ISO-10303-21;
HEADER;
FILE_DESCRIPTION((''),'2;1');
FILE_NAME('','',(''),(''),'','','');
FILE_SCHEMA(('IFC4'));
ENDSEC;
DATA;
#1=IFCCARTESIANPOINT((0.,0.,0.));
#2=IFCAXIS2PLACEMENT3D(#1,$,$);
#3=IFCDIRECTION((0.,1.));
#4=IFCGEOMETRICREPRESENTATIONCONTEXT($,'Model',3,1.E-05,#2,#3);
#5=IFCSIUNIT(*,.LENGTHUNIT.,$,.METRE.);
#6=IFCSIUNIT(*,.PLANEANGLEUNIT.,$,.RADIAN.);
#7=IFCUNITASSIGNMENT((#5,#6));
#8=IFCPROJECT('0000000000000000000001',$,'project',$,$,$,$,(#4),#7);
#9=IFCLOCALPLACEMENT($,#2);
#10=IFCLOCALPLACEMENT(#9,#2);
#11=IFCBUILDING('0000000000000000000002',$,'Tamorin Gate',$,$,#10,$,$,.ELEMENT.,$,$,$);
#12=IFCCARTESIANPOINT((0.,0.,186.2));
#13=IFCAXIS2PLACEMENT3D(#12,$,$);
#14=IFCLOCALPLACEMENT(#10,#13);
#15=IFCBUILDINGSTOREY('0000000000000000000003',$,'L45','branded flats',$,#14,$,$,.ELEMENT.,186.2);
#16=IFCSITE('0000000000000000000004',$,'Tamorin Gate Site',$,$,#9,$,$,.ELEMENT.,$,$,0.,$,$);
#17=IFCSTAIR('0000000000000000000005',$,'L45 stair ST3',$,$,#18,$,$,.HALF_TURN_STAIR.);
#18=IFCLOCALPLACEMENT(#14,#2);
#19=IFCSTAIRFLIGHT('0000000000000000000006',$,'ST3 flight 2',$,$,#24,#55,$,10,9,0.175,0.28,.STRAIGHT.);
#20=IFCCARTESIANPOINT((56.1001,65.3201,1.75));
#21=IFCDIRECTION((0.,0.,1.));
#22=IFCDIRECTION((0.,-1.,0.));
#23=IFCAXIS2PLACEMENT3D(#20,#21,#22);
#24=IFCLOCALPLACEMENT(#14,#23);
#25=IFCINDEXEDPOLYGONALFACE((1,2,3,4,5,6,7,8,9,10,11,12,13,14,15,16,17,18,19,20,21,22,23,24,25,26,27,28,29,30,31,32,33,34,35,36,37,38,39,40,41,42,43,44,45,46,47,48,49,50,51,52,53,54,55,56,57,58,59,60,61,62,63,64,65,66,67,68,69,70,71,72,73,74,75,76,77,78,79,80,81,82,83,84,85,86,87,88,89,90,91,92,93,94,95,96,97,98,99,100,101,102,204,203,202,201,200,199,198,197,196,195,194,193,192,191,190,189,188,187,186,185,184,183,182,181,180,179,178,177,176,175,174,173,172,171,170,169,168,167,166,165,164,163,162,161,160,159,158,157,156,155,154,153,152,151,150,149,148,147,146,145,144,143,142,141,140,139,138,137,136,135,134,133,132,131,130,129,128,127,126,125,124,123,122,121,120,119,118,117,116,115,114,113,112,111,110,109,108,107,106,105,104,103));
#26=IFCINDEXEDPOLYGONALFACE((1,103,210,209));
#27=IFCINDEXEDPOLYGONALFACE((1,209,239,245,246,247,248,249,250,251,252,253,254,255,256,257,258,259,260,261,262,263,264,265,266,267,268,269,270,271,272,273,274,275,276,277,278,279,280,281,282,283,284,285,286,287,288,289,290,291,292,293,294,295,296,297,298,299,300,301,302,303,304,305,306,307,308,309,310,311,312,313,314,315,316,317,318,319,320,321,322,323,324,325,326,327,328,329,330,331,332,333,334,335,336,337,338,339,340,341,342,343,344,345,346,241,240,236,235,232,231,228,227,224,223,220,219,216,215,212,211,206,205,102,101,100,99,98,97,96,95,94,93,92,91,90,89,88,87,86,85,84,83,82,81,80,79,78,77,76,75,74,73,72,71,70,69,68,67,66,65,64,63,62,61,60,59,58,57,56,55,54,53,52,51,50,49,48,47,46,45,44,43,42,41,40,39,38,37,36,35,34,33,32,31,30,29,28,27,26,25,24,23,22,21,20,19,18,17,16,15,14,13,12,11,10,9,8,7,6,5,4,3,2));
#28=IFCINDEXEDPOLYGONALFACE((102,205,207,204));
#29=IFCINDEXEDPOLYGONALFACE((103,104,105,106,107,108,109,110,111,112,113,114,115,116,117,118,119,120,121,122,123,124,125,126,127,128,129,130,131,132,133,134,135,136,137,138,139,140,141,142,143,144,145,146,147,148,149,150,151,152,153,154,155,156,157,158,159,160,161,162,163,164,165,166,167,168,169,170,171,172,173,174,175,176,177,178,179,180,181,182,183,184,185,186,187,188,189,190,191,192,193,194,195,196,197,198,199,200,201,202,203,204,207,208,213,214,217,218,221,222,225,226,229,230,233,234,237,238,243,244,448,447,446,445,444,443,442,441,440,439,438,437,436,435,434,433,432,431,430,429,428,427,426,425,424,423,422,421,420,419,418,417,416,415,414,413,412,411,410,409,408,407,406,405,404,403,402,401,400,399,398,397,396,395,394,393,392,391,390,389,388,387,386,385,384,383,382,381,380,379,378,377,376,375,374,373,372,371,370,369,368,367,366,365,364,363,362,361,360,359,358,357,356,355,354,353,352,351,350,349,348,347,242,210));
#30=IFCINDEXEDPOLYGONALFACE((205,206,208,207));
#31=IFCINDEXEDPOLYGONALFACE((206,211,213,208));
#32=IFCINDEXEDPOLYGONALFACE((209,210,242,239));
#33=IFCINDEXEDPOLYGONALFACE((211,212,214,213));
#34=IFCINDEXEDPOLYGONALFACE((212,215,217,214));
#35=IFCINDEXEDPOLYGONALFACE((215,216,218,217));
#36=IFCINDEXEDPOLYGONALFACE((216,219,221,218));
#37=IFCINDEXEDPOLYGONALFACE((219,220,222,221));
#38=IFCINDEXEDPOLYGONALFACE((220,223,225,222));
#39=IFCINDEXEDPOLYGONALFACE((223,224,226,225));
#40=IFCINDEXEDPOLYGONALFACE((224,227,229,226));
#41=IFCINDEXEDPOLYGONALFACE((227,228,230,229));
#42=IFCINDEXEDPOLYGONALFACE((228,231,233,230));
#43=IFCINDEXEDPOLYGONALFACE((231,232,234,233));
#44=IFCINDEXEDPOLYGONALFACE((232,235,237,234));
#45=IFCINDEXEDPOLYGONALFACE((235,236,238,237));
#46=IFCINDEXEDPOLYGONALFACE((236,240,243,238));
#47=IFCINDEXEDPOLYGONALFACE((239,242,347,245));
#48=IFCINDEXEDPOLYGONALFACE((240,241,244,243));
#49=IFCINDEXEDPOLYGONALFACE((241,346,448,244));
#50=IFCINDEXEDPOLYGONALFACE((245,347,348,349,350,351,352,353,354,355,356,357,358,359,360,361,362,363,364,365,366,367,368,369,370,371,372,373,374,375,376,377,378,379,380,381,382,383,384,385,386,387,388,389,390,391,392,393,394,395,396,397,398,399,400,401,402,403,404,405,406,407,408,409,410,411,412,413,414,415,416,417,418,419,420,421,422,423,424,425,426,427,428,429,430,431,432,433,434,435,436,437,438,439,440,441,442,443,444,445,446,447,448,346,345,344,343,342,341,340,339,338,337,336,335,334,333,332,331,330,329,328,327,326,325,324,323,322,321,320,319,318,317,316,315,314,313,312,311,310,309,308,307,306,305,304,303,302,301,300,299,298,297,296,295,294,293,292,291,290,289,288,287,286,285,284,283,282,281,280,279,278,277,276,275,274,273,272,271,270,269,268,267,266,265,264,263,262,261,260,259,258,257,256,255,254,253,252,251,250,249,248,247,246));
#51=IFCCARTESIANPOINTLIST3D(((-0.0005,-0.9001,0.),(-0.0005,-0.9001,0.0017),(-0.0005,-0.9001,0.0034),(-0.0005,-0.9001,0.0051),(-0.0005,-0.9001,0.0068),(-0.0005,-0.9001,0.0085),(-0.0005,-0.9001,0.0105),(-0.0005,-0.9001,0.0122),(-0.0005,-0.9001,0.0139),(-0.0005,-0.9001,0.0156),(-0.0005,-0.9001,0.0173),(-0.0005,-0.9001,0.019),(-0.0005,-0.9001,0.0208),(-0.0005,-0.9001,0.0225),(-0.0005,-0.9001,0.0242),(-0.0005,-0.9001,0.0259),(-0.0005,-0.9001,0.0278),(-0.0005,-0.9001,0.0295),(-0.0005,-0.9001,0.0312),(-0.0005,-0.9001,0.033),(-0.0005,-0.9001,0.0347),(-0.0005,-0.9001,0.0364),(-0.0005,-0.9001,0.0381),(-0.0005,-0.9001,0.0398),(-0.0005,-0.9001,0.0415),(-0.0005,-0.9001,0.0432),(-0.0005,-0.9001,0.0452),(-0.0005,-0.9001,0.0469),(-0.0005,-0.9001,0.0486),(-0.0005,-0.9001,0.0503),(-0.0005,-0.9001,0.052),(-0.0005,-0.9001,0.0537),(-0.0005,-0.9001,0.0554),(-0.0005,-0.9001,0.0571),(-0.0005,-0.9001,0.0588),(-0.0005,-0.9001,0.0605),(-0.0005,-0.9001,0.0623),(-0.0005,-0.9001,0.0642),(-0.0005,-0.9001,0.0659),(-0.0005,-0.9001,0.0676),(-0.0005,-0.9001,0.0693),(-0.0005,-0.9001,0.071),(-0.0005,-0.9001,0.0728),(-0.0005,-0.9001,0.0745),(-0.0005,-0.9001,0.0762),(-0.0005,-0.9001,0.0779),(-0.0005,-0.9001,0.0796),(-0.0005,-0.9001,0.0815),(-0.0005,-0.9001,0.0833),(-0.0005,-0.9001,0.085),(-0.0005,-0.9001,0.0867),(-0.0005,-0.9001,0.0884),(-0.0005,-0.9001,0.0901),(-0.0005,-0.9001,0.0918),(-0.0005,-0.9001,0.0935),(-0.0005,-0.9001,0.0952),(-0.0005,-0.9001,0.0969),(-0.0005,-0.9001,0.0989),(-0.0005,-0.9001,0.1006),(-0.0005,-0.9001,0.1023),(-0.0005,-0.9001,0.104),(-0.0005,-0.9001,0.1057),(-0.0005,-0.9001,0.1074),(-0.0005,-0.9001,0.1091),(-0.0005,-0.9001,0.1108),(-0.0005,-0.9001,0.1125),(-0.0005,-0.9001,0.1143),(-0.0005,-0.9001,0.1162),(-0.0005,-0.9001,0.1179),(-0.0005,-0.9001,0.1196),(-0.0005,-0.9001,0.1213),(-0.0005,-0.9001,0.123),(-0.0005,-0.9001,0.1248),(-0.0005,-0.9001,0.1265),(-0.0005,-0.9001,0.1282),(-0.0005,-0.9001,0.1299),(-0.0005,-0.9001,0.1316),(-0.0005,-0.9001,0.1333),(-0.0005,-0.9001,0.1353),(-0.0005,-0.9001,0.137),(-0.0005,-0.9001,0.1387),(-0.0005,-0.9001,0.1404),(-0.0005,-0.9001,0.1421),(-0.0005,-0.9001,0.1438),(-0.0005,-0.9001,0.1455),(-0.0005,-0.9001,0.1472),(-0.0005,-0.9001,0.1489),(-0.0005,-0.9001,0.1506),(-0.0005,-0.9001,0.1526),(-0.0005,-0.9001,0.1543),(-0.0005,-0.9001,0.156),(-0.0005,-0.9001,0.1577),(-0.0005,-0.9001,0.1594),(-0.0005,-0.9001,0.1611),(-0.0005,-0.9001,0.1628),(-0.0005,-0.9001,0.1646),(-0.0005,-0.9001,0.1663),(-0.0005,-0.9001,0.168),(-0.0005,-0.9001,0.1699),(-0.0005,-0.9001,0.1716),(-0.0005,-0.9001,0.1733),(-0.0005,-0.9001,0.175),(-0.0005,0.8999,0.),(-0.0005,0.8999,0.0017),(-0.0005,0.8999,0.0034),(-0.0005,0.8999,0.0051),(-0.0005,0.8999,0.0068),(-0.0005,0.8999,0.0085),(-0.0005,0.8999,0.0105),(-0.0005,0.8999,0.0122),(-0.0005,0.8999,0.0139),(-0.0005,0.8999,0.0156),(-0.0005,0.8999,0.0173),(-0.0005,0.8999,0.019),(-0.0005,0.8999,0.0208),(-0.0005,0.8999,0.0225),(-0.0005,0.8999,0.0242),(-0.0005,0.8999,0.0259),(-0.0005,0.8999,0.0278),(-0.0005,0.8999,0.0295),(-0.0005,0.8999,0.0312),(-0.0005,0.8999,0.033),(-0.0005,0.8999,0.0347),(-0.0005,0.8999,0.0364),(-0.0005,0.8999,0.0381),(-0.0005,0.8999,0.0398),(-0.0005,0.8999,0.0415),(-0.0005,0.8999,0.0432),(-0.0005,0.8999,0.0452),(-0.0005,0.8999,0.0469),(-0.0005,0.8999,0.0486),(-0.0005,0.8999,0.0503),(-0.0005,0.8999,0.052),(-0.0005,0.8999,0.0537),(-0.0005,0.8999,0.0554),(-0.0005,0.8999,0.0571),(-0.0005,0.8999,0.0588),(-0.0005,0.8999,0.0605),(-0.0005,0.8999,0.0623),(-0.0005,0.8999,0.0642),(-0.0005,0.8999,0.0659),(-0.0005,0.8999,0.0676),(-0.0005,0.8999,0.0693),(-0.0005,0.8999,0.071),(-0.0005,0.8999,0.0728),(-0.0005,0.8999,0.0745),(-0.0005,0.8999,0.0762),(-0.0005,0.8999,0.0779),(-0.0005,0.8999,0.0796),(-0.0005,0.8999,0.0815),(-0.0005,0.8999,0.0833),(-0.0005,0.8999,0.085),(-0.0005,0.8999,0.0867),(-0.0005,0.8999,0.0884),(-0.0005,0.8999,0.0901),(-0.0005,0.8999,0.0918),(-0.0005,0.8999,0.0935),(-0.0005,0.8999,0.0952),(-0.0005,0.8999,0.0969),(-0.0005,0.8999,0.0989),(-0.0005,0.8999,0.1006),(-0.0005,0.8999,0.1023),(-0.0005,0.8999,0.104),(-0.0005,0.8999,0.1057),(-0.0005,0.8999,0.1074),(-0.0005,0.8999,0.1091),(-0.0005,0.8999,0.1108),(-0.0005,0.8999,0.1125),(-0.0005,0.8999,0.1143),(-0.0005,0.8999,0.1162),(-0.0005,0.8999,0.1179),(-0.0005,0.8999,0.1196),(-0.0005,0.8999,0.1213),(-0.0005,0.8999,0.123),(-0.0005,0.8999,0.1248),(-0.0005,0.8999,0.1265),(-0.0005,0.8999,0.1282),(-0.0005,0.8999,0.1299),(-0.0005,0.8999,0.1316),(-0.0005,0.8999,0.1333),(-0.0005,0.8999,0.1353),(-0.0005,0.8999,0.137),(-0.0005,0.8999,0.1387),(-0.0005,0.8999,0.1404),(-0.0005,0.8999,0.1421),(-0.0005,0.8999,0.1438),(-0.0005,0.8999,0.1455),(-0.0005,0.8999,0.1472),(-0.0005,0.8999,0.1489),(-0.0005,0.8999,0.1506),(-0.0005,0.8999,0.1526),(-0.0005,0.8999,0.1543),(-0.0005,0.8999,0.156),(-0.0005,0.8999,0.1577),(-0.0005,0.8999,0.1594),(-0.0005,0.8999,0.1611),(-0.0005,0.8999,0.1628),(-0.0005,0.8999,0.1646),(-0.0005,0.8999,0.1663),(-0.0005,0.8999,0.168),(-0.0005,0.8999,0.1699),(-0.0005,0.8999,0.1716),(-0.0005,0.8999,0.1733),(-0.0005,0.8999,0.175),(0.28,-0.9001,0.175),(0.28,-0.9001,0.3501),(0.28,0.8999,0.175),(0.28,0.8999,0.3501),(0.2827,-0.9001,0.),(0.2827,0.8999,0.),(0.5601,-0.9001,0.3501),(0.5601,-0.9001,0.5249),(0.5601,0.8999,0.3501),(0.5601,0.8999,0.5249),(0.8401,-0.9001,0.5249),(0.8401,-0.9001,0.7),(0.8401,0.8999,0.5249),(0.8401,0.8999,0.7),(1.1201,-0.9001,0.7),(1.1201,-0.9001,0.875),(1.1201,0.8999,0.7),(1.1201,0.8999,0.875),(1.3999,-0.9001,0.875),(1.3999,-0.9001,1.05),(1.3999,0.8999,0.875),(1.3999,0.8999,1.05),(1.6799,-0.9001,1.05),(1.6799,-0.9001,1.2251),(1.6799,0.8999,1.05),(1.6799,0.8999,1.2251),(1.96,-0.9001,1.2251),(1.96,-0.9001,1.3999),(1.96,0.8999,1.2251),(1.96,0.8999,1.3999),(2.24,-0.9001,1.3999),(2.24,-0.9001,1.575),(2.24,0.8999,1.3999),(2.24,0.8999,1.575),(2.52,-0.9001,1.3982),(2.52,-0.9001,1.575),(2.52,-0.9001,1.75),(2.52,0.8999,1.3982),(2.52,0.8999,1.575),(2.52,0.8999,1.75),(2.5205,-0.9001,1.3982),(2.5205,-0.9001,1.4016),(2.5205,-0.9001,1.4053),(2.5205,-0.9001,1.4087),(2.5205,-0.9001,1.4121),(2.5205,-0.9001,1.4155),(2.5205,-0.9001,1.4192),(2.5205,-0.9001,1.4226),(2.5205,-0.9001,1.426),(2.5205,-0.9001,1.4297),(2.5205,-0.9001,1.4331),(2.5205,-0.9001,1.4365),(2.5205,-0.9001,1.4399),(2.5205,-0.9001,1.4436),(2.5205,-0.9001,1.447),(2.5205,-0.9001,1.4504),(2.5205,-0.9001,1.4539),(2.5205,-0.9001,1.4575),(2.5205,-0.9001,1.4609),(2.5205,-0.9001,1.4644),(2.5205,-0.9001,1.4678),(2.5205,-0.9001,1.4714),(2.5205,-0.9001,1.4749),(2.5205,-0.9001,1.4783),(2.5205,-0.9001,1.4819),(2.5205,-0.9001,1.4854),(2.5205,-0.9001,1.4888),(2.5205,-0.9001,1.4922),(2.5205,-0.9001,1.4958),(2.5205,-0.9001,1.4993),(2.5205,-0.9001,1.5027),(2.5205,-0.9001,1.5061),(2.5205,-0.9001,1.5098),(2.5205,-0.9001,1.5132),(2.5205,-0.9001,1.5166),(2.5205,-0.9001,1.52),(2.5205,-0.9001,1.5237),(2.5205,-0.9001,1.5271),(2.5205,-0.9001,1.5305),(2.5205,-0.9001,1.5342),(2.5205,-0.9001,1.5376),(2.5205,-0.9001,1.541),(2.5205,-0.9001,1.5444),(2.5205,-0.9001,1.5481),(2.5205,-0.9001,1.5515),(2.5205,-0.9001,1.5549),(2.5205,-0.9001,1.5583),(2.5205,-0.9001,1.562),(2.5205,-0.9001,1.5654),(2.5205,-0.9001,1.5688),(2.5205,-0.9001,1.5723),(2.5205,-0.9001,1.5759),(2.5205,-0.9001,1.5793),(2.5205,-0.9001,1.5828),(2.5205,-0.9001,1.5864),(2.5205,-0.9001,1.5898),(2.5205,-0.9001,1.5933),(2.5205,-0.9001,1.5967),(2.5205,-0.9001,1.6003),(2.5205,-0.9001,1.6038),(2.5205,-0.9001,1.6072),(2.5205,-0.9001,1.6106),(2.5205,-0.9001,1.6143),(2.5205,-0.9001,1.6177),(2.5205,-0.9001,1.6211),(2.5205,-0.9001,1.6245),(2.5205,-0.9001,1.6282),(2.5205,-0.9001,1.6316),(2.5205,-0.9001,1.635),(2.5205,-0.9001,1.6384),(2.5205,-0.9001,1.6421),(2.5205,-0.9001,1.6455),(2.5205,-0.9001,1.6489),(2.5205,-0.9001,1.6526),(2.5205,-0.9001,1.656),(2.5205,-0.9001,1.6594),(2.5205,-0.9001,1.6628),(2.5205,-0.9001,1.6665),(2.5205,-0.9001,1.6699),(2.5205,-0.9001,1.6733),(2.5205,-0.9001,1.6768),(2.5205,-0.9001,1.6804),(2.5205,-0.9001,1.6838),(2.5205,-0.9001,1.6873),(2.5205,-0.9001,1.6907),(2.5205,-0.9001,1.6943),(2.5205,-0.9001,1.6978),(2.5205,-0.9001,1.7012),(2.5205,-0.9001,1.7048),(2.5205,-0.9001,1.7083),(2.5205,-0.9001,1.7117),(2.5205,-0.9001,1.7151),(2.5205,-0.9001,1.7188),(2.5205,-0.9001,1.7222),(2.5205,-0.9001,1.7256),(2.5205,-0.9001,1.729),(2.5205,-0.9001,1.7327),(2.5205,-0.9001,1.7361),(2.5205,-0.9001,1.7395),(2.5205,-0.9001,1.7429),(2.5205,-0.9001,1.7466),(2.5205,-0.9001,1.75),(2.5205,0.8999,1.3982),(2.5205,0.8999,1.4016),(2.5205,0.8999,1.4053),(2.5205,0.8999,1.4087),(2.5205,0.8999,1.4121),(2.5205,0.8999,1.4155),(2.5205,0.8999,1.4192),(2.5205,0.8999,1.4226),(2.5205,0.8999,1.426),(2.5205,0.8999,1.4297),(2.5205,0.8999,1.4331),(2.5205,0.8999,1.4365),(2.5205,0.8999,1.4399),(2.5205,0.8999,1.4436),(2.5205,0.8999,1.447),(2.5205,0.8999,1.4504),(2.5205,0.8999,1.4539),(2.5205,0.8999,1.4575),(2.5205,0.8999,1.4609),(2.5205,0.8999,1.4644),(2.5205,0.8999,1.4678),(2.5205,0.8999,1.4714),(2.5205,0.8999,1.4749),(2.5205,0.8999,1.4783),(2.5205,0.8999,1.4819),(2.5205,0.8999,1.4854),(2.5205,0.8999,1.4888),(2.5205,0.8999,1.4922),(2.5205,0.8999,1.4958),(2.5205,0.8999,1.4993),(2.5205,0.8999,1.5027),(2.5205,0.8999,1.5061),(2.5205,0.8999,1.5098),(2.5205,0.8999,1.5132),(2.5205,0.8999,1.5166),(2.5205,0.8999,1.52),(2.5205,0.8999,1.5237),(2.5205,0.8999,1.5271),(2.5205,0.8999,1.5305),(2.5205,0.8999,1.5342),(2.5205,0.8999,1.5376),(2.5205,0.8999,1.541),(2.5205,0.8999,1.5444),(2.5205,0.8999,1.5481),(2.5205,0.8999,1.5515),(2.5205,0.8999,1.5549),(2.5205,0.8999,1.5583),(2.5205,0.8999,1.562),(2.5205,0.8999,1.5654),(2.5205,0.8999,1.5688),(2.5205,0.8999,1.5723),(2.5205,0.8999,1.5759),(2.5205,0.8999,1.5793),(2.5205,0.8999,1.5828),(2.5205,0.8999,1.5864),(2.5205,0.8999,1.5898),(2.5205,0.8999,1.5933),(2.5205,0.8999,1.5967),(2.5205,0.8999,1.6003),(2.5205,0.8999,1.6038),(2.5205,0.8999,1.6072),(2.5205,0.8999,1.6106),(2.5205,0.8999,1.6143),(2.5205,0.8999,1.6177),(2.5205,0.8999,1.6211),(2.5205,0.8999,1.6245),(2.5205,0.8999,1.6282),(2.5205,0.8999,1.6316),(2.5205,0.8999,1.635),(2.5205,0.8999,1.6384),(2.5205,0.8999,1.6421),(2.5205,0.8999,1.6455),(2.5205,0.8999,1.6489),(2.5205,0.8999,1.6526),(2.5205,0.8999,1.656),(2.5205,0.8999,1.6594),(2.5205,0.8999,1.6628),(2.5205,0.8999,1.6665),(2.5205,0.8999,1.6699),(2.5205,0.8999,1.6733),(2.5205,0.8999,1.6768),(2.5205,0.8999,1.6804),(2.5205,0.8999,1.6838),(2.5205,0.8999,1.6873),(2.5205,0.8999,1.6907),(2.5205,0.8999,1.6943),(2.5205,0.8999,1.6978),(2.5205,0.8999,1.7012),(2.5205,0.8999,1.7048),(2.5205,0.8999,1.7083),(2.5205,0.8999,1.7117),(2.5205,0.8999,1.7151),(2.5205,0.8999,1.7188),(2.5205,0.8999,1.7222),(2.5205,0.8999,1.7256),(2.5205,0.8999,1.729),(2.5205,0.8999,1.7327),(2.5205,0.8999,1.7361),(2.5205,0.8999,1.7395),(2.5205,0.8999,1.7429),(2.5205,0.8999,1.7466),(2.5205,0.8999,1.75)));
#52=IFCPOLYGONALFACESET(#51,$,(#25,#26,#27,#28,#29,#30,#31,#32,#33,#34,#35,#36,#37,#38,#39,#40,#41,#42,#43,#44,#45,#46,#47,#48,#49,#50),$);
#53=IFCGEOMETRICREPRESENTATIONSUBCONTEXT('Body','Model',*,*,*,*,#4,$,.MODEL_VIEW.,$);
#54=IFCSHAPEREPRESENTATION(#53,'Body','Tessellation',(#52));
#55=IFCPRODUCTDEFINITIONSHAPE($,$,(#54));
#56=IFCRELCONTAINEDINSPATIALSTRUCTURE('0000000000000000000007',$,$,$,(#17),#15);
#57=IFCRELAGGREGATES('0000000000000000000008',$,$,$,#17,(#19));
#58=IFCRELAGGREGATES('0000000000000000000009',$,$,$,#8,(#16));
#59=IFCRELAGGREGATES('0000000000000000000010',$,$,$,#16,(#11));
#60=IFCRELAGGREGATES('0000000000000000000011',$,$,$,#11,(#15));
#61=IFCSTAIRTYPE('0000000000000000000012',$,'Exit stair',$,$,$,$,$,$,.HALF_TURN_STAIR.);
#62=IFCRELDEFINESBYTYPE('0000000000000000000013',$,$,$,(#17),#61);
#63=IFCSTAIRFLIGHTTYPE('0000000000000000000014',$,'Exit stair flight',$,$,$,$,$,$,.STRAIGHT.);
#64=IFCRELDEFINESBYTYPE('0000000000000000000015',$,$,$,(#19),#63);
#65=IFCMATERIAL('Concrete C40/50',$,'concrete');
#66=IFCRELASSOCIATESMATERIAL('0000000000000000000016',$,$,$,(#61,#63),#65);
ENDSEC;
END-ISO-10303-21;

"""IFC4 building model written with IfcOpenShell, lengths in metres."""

from ifc_helpers import new_model, si_unit, direction, frame, origin, place, context, subcontext, project, spatial, polyline, outline, extrude, material, type_object, element, aggregate, save


model = new_model("IFC4")

# Units and contexts
model_context = context("Model", 3, precision=1e-05, world=origin(), true_north=direction((0.0, 1.0)))
body_context = subcontext(model_context, "Body", "Model", "MODEL_VIEW")
ifc_project = project(units=[si_unit("LENGTHUNIT", "METRE"), si_unit("PLANEANGLEUNIT", "RADIAN")], contexts=[model_context])

# Site, building, storey
site_placement = place(None, origin())
site = spatial("IfcSite", under=ifc_project, at=site_placement, Name="Tamorin Gate Site", CompositionType="ELEMENT", RefElevation=0.0)
building_placement = place(site_placement, origin())
building = spatial("IfcBuilding", under=site, at=building_placement, Name="Tamorin Gate", CompositionType="ELEMENT")
storey_placement = place(building_placement, frame((0.0, 0.0, 186.2)))
storey = spatial("IfcBuildingStorey", under=building, at=storey_placement, Name="L45", Description="branded flats", CompositionType="ELEMENT", Elevation=186.2)

# Shared definitions
ifc_material_1 = material(Name="Concrete C40/50", Category="concrete")

# Stair, stair flight
stair_type = type_object("IfcStairType", Name="Exit stair", PredefinedType="HALF_TURN_STAIR", material=ifc_material_1)
stair_placement = place(storey_placement, origin())
stair = element("IfcStair", 1, at=stair_placement, inside=storey, type_object=stair_type, Name="L45 stair ST3", PredefinedType="HALF_TURN_STAIR")
stair_flight_type = type_object("IfcStairFlightType", Name="Exit stair flight", PredefinedType="STRAIGHT", material=ifc_material_1)
stair_flight_1_placement = place(storey_placement, frame((56.1001, 65.3201, 1.75), z_axis=(0.0, 0.0, 1.0), x_axis=(0.0, -1.0, 0.0)))
stair_flight_1 = element("IfcStairFlight", 2, at=stair_flight_1_placement, type_object=stair_flight_type, Name="ST3 flight 2", NumberOfRisers=10, NumberOfTreads=9, PredefinedType="STRAIGHT", RiserHeight=0.175, TreadLength=0.28, context=body_context, shape_type="SweptSolid", body=[
    extrude(outline(polyline([(-0.0005, 0.0), (-0.0005, 0.0017), (-0.0005, 0.0034), (-0.0005, 0.0051), (-0.0005, 0.0068), (-0.0005, 0.0085), (-0.0005, 0.0105), (-0.0005, 0.0122), (-0.0005, 0.0139), (-0.0005, 0.0156), (-0.0005, 0.0173), (-0.0005, 0.019), (-0.0005, 0.0208), (-0.0005, 0.0225), (-0.0005, 0.0242), (-0.0005, 0.0259), (-0.0005, 0.0278), (-0.0005, 0.0295), (-0.0005, 0.0312), (-0.0005, 0.033), (-0.0005, 0.0347), (-0.0005, 0.0364), (-0.0005, 0.0381), (-0.0005, 0.0398), (-0.0005, 0.0415), (-0.0005, 0.0432), (-0.0005, 0.0452), (-0.0005, 0.0469), (-0.0005, 0.0486), (-0.0005, 0.0503), (-0.0005, 0.052), (-0.0005, 0.0537), (-0.0005, 0.0554), (-0.0005, 0.0571), (-0.0005, 0.0588), (-0.0005, 0.0605), (-0.0005, 0.0623), (-0.0005, 0.0642), (-0.0005, 0.0659), (-0.0005, 0.0676), (-0.0005, 0.0693), (-0.0005, 0.071), (-0.0005, 0.0728), (-0.0005, 0.0745), (-0.0005, 0.0762), (-0.0005, 0.0779), (-0.0005, 0.0796), (-0.0005, 0.0815), (-0.0005, 0.0833), (-0.0005, 0.085), (-0.0005, 0.0867), (-0.0005, 0.0884), (-0.0005, 0.0901), (-0.0005, 0.0918), (-0.0005, 0.0935), (-0.0005, 0.0952), (-0.0005, 0.0969), (-0.0005, 0.0989), (-0.0005, 0.1006), (-0.0005, 0.1023), (-0.0005, 0.104), (-0.0005, 0.1057), (-0.0005, 0.1074), (-0.0005, 0.1091), (-0.0005, 0.1108), (-0.0005, 0.1125), (-0.0005, 0.1143), (-0.0005, 0.1162), (-0.0005, 0.1179), (-0.0005, 0.1196), (-0.0005, 0.1213), (-0.0005, 0.123), (-0.0005, 0.1248), (-0.0005, 0.1265), (-0.0005, 0.1282), (-0.0005, 0.1299), (-0.0005, 0.1316), (-0.0005, 0.1333), (-0.0005, 0.1353), (-0.0005, 0.137), (-0.0005, 0.1387), (-0.0005, 0.1404), (-0.0005, 0.1421), (-0.0005, 0.1438), (-0.0005, 0.1455), (-0.0005, 0.1472), (-0.0005, 0.1489), (-0.0005, 0.1506), (-0.0005, 0.1526), (-0.0005, 0.1543), (-0.0005, 0.156), (-0.0005, 0.1577), (-0.0005, 0.1594), (-0.0005, 0.1611), (-0.0005, 0.1628), (-0.0005, 0.1646), (-0.0005, 0.1663), (-0.0005, 0.168), (-0.0005, 0.1699), (-0.0005, 0.1716), (-0.0005, 0.1733), (-0.0005, 0.175), (0.28, 0.175), (0.28, 0.3501), (0.5601, 0.3501), (0.5601, 0.5249), (0.8401, 0.5249), (0.8401, 0.7), (1.1201, 0.7), (1.1201, 0.875), (1.3999, 0.875), (1.3999, 1.05), (1.6799, 1.05), (1.6799, 1.2251), (1.96, 1.2251), (1.96, 1.3999), (2.24, 1.3999), (2.24, 1.575), (2.52, 1.575), (2.52, 1.75), (2.5205, 1.75), (2.5205, 1.7466), (2.5205, 1.7429), (2.5205, 1.7395), (2.5205, 1.7361), (2.5205, 1.7327), (2.5205, 1.729), (2.5205, 1.7256), (2.5205, 1.7222), (2.5205, 1.7188), (2.5205, 1.7151), (2.5205, 1.7117), (2.5205, 1.7083), (2.5205, 1.7048), (2.5205, 1.7012), (2.5205, 1.6978), (2.5205, 1.6943), (2.5205, 1.6907), (2.5205, 1.6873), (2.5205, 1.6838), (2.5205, 1.6804), (2.5205, 1.6768), (2.5205, 1.6733), (2.5205, 1.6699), (2.5205, 1.6665), (2.5205, 1.6628), (2.5205, 1.6594), (2.5205, 1.656), (2.5205, 1.6526), (2.5205, 1.6489), (2.5205, 1.6455), (2.5205, 1.6421), (2.5205, 1.6384), (2.5205, 1.635), (2.5205, 1.6316), (2.5205, 1.6282), (2.5205, 1.6245), (2.5205, 1.6211), (2.5205, 1.6177), (2.5205, 1.6143), (2.5205, 1.6106), (2.5205, 1.6072), (2.5205, 1.6038), (2.5205, 1.6003), (2.5205, 1.5967), (2.5205, 1.5933), (2.5205, 1.5898), (2.5205, 1.5864), (2.5205, 1.5828), (2.5205, 1.5793), (2.5205, 1.5759), (2.5205, 1.5723), (2.5205, 1.5688), (2.5205, 1.5654), (2.5205, 1.562), (2.5205, 1.5583), (2.5205, 1.5549), (2.5205, 1.5515), (2.5205, 1.5481), (2.5205, 1.5444), (2.5205, 1.541), (2.5205, 1.5376), (2.5205, 1.5342), (2.5205, 1.5305), (2.5205, 1.5271), (2.5205, 1.5237), (2.5205, 1.52), (2.5205, 1.5166), (2.5205, 1.5132), (2.5205, 1.5098), (2.5205, 1.5061), (2.5205, 1.5027), (2.5205, 1.4993), (2.5205, 1.4958), (2.5205, 1.4922), (2.5205, 1.4888), (2.5205, 1.4854), (2.5205, 1.4819), (2.5205, 1.4783), (2.5205, 1.4749), (2.5205, 1.4714), (2.5205, 1.4678), (2.5205, 1.4644), (2.5205, 1.4609), (2.5205, 1.4575), (2.5205, 1.4539), (2.5205, 1.4504), (2.5205, 1.447), (2.5205, 1.4436), (2.5205, 1.4399), (2.5205, 1.4365), (2.5205, 1.4331), (2.5205, 1.4297), (2.5205, 1.426), (2.5205, 1.4226), (2.5205, 1.4192), (2.5205, 1.4155), (2.5205, 1.4121), (2.5205, 1.4087), (2.5205, 1.4053), (2.5205, 1.4016), (2.5205, 1.3982), (2.52, 1.3982), (0.2827, 0.0), (-0.0005, 0.0)])), frame((0.0, 0.8999, 0.0), z_axis=(0.0, -1.0, 0.0), x_axis=(1.0, 0.0, 0.0)), (0.0, 0.0, 1.0), 1.8),
])
aggregate(stair, [stair_flight_1])

save(model, "model.ifc")
